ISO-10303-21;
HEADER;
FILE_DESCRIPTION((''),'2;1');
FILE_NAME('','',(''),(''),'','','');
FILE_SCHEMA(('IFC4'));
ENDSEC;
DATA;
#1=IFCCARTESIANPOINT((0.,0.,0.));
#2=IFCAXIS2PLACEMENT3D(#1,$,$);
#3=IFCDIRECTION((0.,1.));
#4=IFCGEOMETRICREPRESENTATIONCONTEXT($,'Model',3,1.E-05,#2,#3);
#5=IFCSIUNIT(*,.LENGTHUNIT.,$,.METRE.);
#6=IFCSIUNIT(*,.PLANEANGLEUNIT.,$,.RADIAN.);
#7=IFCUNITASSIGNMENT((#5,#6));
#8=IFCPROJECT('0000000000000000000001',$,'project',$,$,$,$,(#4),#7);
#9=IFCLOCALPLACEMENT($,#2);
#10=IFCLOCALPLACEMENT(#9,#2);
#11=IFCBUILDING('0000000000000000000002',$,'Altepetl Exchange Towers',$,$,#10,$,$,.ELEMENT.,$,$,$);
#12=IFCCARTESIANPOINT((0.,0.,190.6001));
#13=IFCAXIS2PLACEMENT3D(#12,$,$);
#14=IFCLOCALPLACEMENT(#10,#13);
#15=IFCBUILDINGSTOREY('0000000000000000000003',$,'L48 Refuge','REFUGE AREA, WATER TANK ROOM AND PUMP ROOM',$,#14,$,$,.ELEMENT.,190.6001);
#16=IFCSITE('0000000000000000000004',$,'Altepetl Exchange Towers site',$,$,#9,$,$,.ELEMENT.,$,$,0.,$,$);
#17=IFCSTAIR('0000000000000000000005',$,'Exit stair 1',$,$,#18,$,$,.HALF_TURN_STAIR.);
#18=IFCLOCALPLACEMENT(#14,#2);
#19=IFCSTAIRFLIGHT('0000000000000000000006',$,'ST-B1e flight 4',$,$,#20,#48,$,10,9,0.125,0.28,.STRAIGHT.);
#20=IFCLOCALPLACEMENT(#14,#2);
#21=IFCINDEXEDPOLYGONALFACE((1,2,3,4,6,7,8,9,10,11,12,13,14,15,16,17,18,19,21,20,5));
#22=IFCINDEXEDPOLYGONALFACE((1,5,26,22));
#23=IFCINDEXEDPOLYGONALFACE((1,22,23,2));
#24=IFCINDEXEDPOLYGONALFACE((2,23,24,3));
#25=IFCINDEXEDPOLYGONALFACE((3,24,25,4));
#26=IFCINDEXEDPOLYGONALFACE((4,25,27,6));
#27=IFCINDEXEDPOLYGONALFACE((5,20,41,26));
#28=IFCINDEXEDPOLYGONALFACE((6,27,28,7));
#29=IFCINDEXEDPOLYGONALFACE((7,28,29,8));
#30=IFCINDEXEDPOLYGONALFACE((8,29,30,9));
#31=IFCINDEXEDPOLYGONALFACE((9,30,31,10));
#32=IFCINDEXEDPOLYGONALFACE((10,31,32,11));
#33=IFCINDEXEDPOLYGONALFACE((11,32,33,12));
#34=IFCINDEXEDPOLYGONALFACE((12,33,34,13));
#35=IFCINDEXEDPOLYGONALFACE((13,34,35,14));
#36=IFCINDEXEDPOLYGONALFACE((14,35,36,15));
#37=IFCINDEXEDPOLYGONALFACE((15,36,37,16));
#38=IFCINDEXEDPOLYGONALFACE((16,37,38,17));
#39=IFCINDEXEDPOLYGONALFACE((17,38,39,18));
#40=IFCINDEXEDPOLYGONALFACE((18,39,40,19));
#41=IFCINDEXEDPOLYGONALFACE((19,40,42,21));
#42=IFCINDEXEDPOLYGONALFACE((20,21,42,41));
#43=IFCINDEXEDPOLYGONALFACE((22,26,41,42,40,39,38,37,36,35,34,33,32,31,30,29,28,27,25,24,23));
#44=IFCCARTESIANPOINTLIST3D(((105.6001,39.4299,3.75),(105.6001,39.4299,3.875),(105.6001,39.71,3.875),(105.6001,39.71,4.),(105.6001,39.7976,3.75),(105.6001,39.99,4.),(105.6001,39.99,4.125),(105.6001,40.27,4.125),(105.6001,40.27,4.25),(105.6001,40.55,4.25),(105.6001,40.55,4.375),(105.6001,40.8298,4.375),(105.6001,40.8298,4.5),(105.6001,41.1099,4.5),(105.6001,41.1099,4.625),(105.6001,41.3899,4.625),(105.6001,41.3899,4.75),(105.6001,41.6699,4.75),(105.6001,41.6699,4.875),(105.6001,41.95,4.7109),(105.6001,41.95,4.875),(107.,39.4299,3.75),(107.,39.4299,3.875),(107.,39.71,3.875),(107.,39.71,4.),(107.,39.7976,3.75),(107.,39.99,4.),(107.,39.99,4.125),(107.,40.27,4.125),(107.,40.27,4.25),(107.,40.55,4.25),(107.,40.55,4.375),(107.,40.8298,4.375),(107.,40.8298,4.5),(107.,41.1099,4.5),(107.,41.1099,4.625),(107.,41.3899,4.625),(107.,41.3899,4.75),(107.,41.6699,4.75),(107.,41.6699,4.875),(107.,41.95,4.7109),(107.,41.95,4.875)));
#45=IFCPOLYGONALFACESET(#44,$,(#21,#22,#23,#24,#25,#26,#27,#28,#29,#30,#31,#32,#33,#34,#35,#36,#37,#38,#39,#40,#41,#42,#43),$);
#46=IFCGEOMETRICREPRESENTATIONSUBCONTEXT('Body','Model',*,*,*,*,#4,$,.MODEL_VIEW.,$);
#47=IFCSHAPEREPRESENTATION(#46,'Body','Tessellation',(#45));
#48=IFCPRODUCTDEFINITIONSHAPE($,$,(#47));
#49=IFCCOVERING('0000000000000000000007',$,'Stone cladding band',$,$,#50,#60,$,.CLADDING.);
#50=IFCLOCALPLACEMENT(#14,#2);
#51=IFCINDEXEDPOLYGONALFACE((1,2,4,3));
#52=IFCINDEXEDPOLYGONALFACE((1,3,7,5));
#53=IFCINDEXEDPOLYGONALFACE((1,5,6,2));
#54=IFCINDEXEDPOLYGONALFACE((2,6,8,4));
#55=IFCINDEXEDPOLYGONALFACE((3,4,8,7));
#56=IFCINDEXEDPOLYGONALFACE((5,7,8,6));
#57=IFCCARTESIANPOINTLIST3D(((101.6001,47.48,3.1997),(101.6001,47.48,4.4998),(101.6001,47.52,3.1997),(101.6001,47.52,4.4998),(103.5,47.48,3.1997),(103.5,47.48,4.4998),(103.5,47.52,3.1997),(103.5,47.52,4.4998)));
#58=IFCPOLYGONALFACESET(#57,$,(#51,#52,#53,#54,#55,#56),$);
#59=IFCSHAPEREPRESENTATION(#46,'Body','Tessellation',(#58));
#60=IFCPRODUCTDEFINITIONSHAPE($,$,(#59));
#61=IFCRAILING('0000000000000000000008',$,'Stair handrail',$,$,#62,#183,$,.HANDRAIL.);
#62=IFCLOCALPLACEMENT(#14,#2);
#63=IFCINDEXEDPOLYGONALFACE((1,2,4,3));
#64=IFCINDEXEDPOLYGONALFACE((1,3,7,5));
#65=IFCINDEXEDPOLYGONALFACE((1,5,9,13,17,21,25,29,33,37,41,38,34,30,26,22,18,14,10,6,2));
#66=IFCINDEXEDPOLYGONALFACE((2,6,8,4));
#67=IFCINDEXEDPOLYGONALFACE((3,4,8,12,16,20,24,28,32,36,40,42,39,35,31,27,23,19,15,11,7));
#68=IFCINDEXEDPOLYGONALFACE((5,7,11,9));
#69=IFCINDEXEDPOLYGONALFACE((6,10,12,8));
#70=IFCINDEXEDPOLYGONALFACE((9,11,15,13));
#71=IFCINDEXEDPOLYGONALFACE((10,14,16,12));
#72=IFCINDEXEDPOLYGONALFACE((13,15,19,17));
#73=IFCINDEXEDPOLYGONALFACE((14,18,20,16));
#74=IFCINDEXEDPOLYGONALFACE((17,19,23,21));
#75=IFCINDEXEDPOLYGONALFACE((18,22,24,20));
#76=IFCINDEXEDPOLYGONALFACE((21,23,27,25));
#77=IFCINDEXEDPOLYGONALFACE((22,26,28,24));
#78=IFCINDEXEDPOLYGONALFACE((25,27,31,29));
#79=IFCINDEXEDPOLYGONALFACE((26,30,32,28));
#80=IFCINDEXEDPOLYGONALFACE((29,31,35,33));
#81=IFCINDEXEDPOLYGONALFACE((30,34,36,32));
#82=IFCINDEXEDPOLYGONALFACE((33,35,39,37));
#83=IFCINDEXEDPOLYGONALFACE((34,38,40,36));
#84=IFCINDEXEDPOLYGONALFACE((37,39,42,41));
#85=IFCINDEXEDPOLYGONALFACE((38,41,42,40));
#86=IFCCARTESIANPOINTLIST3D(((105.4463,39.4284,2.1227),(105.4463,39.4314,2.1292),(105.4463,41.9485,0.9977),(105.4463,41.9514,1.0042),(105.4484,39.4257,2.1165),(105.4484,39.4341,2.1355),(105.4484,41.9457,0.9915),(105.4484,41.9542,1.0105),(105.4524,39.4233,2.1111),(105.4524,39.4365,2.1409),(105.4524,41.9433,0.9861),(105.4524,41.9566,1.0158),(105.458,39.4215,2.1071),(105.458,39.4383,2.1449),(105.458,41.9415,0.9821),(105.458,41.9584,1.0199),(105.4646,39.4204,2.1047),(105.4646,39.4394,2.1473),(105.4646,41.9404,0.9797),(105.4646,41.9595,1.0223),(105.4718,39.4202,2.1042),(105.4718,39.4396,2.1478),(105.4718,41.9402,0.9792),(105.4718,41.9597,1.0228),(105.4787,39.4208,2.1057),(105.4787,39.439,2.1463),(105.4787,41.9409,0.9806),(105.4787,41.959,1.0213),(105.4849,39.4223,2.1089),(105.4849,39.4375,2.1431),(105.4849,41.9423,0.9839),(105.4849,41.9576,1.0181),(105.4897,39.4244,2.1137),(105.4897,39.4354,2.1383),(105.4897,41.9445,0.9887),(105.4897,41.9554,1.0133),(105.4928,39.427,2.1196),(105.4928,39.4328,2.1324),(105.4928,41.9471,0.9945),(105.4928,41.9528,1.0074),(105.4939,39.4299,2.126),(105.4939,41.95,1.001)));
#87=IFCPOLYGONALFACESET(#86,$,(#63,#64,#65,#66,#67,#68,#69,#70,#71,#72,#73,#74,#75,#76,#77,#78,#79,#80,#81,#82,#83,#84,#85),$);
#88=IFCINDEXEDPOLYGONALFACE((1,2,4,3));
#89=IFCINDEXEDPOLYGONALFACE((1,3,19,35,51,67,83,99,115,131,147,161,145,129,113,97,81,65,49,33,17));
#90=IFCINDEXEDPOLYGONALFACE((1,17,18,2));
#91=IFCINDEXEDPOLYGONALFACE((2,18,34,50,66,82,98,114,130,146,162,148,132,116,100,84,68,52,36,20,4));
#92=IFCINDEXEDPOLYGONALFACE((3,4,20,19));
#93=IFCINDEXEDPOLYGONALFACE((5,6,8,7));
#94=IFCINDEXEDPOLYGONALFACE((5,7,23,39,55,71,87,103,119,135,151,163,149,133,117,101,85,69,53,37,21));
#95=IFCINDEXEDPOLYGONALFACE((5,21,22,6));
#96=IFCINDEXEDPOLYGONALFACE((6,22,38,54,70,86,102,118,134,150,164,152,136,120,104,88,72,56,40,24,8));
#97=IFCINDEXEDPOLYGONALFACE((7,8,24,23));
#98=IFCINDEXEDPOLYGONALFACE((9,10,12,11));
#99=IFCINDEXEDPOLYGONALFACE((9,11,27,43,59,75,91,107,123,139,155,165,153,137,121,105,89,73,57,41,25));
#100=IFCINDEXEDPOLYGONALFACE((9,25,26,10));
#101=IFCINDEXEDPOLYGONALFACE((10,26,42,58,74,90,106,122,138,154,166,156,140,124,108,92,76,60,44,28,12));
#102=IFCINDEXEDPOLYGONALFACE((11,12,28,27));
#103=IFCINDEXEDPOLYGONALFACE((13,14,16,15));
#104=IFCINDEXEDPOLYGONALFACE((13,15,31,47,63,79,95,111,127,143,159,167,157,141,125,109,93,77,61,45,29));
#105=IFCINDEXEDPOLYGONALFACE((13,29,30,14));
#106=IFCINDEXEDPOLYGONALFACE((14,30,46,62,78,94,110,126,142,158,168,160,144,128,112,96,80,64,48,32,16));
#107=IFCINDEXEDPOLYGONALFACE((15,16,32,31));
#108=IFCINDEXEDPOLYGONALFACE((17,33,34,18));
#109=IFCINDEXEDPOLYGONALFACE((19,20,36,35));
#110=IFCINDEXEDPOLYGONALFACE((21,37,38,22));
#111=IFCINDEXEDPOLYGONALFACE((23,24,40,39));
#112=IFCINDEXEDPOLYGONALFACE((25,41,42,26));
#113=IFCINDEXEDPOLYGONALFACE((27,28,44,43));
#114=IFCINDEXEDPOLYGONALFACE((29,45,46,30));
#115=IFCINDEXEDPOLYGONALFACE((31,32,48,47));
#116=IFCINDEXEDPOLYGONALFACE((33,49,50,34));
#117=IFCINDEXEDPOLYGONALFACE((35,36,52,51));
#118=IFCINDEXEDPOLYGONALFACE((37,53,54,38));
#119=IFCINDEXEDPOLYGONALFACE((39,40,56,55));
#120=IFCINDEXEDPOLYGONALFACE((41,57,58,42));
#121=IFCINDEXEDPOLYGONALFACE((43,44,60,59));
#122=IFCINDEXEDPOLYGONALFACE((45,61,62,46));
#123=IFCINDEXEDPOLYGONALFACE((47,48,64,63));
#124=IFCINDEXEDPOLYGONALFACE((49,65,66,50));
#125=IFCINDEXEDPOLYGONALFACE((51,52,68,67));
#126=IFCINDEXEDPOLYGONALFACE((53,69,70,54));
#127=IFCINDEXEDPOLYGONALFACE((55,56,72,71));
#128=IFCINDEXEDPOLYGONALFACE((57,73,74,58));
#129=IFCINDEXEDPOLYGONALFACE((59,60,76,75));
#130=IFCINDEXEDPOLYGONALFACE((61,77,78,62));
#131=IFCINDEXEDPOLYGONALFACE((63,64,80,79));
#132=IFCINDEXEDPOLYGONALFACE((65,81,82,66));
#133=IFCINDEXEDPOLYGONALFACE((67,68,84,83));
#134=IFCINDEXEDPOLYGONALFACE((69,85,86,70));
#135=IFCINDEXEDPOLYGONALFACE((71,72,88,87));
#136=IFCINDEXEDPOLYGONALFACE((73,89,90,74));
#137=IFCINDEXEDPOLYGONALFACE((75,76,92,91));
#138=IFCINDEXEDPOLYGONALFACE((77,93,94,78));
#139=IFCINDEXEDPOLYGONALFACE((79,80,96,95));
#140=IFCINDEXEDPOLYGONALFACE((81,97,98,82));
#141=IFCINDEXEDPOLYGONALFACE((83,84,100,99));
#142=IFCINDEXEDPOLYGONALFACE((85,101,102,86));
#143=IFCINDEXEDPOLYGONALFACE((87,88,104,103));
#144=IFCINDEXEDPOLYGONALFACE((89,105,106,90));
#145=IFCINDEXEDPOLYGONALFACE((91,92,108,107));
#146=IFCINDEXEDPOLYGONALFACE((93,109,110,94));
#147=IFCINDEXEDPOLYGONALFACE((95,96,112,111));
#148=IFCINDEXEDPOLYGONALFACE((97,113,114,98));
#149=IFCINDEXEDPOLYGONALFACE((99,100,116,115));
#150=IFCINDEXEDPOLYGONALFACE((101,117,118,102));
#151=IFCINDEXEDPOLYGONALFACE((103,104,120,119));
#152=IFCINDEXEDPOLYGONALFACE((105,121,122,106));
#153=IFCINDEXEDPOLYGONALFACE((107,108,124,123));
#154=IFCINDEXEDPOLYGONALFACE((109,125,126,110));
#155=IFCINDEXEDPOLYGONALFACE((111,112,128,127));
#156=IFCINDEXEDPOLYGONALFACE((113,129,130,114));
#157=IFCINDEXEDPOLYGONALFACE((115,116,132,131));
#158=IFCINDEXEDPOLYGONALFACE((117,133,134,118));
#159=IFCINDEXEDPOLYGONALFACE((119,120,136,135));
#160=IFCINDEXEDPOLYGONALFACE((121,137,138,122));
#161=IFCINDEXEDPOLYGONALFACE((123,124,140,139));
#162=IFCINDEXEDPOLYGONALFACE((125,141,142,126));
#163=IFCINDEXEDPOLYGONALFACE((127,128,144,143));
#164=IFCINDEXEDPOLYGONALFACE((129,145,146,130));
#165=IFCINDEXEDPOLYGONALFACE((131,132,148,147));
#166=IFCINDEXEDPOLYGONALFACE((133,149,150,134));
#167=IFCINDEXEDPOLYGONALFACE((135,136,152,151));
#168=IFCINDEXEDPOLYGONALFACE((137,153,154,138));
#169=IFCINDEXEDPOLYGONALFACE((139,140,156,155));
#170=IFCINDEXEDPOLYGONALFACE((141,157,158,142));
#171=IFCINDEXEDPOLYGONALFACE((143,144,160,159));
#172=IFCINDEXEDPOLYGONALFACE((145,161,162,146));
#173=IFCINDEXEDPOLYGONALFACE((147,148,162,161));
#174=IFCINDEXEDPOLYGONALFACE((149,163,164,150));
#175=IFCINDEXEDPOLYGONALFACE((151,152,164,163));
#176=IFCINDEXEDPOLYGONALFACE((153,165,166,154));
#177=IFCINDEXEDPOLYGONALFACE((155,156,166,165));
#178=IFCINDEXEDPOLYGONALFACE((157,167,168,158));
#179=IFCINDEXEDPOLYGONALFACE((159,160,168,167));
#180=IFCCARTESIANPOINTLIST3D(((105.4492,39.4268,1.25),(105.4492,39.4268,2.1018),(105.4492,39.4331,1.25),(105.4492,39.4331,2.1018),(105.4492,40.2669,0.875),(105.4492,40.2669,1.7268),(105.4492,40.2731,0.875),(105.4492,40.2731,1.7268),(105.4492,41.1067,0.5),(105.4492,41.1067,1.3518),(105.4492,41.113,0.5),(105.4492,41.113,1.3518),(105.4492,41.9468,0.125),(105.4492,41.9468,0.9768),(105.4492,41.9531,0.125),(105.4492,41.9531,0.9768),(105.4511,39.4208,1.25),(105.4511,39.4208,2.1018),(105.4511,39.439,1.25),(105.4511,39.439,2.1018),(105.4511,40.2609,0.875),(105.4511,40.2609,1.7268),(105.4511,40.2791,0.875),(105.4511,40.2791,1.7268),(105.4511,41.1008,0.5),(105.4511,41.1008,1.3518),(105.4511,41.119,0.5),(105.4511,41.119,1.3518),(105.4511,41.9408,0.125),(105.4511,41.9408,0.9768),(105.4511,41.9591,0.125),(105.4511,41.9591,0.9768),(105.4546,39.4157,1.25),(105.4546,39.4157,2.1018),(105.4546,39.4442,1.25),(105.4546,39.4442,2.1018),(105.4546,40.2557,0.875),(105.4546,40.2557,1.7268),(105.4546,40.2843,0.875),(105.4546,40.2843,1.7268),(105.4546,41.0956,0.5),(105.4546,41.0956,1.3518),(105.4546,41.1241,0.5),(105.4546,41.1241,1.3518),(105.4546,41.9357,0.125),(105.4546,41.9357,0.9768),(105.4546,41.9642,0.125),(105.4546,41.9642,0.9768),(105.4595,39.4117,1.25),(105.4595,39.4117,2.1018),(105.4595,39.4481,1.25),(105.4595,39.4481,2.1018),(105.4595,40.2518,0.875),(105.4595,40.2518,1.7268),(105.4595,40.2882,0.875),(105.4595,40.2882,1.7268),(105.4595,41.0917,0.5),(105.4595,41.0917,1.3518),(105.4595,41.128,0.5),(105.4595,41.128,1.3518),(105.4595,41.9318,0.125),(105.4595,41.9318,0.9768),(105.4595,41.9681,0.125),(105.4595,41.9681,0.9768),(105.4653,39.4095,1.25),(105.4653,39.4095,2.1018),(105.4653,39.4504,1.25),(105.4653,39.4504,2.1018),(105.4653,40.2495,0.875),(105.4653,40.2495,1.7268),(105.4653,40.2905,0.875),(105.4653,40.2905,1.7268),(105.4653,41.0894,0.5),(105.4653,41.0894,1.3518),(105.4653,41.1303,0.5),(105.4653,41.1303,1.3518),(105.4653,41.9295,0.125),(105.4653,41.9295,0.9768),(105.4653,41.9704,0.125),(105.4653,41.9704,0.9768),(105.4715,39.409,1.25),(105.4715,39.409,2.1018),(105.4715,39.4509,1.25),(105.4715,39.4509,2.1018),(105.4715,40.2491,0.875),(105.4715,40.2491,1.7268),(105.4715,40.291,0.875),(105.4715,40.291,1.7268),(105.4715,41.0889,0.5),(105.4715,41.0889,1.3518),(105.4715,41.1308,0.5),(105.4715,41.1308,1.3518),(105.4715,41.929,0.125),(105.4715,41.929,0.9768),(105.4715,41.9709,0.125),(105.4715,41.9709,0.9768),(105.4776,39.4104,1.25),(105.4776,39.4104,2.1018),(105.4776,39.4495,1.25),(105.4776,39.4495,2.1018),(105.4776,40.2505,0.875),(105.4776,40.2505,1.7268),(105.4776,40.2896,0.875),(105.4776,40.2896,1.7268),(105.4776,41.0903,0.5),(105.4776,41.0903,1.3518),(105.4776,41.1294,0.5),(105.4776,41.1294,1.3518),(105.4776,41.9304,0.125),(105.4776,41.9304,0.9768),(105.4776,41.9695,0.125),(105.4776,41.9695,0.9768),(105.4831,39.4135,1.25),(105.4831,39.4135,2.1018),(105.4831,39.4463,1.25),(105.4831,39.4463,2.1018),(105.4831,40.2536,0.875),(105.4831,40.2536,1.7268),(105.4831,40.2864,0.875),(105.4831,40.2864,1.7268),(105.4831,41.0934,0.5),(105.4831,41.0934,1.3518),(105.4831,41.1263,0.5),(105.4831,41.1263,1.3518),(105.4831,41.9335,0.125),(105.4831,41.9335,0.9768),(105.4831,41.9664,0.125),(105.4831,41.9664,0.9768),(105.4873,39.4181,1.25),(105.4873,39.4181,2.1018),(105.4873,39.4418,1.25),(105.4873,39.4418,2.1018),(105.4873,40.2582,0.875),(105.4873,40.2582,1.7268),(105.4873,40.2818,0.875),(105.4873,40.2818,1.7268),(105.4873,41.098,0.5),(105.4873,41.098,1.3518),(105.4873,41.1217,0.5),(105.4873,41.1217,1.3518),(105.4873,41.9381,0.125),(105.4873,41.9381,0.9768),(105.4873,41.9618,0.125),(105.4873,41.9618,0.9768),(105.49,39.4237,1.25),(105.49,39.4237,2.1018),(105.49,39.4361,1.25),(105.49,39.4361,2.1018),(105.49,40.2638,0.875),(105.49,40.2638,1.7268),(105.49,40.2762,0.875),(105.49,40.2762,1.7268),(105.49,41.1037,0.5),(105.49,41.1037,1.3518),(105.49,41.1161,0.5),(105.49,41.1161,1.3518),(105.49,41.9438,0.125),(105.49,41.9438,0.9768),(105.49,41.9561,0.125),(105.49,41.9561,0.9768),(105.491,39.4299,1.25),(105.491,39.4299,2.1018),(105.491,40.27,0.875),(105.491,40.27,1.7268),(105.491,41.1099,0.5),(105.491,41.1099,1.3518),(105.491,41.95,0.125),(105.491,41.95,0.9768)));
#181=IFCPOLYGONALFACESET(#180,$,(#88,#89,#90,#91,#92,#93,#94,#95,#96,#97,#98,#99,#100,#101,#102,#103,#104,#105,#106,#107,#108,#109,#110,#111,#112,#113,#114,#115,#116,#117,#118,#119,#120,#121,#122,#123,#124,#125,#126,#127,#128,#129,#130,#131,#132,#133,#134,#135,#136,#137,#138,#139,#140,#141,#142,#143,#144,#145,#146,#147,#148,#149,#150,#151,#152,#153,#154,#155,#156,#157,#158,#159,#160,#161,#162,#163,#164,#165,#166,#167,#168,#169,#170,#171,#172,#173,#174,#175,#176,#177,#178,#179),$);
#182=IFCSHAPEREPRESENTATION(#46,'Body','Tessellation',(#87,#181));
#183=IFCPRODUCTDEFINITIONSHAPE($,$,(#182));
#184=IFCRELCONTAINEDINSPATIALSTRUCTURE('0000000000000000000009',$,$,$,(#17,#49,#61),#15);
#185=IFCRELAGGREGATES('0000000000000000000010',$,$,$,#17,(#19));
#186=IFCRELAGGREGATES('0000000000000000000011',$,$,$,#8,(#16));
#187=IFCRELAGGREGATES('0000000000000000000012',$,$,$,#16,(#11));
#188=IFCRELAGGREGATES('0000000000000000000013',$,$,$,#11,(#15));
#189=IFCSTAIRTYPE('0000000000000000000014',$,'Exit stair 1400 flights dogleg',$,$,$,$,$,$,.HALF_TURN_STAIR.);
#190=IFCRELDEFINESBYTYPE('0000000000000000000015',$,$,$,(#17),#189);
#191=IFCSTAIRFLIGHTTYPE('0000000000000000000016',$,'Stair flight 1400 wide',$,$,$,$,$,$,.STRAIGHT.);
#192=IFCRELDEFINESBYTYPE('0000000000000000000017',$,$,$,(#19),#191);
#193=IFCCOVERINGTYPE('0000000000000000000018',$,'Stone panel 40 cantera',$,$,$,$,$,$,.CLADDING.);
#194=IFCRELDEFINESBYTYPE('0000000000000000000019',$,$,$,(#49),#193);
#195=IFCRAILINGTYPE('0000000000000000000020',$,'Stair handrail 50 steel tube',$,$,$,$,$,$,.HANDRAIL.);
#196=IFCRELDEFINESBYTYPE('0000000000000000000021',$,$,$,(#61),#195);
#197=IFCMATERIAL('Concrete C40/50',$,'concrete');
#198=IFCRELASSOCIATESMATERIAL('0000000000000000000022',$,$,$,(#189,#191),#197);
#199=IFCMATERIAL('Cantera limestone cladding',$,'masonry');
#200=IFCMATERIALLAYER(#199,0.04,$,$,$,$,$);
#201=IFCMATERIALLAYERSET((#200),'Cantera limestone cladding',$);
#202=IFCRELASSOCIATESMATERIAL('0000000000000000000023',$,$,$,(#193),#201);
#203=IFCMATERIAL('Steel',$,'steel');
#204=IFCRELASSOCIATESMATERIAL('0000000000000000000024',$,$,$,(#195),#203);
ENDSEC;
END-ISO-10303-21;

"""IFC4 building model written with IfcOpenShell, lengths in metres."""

from ifc_helpers import new_model, si_unit, direction, frame, origin, origin_2d, place, context, subcontext, project, spatial, polyline, rectangle, circle, outline, extrude, source, transform, mapped, material, layer, layer_set, type_object, element, aggregate, save


model = new_model("IFC4")

# Units and contexts
model_context = context("Model", 3, precision=1e-05, world=origin(), true_north=direction((0.0, 1.0)))
body_context = subcontext(model_context, "Body", "Model", "MODEL_VIEW")
ifc_project = project(units=[si_unit("LENGTHUNIT", "METRE"), si_unit("PLANEANGLEUNIT", "RADIAN")], contexts=[model_context])

# Site, building, storey
site_placement = place(None, origin())
site = spatial("IfcSite", under=ifc_project, at=site_placement, Name="Altepetl Exchange Towers site", CompositionType="ELEMENT", RefElevation=0.0)
building_placement = place(site_placement, origin())
building = spatial("IfcBuilding", under=site, at=building_placement, Name="Altepetl Exchange Towers", CompositionType="ELEMENT")
storey_placement = place(building_placement, frame((0.0, 0.0, 190.6001)))
storey = spatial("IfcBuildingStorey", under=building, at=storey_placement, Name="L48 Refuge", Description="REFUGE AREA, WATER TANK ROOM AND PUMP ROOM", CompositionType="ELEMENT", Elevation=190.6001)

# Shared definitions
ifc_material_1 = material(Name="Cantera limestone cladding", Category="masonry")

# Shared definitions
ifc_material_2 = material(Name="Concrete C40/50", Category="concrete")

# Stair, stair flight
stair_type = type_object("IfcStairType", Name="Exit stair 1400 flights dogleg", PredefinedType="HALF_TURN_STAIR", material=ifc_material_2)
stair_placement = place(storey_placement, origin())
stair = element("IfcStair", 1, at=stair_placement, inside=storey, type_object=stair_type, Name="Exit stair 1", PredefinedType="HALF_TURN_STAIR")
stair_flight_type = type_object("IfcStairFlightType", Name="Stair flight 1400 wide", PredefinedType="STRAIGHT", material=ifc_material_2)
stair_flight_1_placement = place(storey_placement, frame((106.3, 39.4299, 3.75), z_axis=(0.0, 0.0, 1.0), x_axis=(0.0, 1.0, 0.0)))
stair_flight_1 = element("IfcStairFlight", 2, at=stair_flight_1_placement, type_object=stair_flight_type, Name="ST-B1e flight 4", NumberOfRisers=10, NumberOfTreads=9, PredefinedType="STRAIGHT", RiserHeight=0.125, TreadLength=0.28, context=body_context, shape_type="SweptSolid", body=[
    extrude(outline(polyline([(0.0, 0.0), (0.0, 0.125), (0.28, 0.125), (0.28, 0.25), (0.5601, 0.25), (0.5601, 0.375), (0.8401, 0.375), (0.8401, 0.5), (1.1201, 0.5), (1.1201, 0.625), (1.3999, 0.625), (1.3999, 0.75), (1.6799, 0.75), (1.6799, 0.875), (1.96, 0.875), (1.96, 1.0), (2.24, 1.0), (2.24, 1.125), (2.52, 1.125), (2.52, 1.25), (2.52, 0.9609), (0.3677, 0.0), (0.0, 0.0)])), frame((0.0, 0.7, 0.0), z_axis=(0.0, -1.0, 0.0), x_axis=(1.0, 0.0, 0.0)), (0.0, 0.0, 1.0), 1.3999),
])
aggregate(stair, [stair_flight_1])

# Covering
ifc_layer_1 = layer(ifc_material_1, 0.04)
ifc_layer_set_1 = layer_set([ifc_layer_1], Name="Cantera limestone cladding")
covering_type = type_object("IfcCoveringType", Name="Stone panel 40 cantera", PredefinedType="CLADDING", material=ifc_layer_set_1)
covering_placement = place(storey_placement, frame((102.55, 47.5, 3.1997), z_axis=(0.0, 0.0, 1.0), x_axis=(-1.0, 0.0, 0.0)))
element("IfcCovering", 3, at=covering_placement, inside=storey, type_object=covering_type, Name="Stone cladding band", PredefinedType="CLADDING", context=body_context, shape_type="SweptSolid", body=[
    extrude(rectangle(XDim=1.8999, YDim=0.04, at=origin_2d()), origin(), (0.0, 0.0, 1.0), 1.3),
])

# Railing
ifc_material_3 = material(Name="Steel", Category="steel")
railing_type = type_object("IfcRailingType", Name="Stair handrail 50 steel tube", PredefinedType="HANDRAIL", material=ifc_material_3)
shared_shape = source(origin(), body_context, "Body", "SweptSolid", [
    extrude(circle(Radius=0.021, at=origin_2d()), origin(), (0.0, 0.0, 1.0), 0.8518),
])
railing_1_placement = place(storey_placement, frame((105.47, 41.95, 0.125)))
element("IfcRailing", 4, at=railing_1_placement, inside=storey, type_object=railing_type, Name="Stair handrail", PredefinedType="HANDRAIL", context=body_context, shape_type="SweptSolid", body=[
    extrude(circle(Radius=0.0239, at=origin_2d()), frame((0.0, 0.0, 0.876), z_axis=(0.0, -0.913139, 0.407648), x_axis=(1.0, 0.0, 0.0)), (0.0, 0.0, 1.0), 2.7598),
    mapped(shared_shape, transform((0.0, 0.0, 0.0))),
    mapped(shared_shape, transform((0.0, -0.8401, 0.375))),
    mapped(shared_shape, transform((0.0, -1.6799, 0.75))),
    mapped(shared_shape, transform((0.0, -2.52, 1.125))),
])

save(model, "model.ifc")
